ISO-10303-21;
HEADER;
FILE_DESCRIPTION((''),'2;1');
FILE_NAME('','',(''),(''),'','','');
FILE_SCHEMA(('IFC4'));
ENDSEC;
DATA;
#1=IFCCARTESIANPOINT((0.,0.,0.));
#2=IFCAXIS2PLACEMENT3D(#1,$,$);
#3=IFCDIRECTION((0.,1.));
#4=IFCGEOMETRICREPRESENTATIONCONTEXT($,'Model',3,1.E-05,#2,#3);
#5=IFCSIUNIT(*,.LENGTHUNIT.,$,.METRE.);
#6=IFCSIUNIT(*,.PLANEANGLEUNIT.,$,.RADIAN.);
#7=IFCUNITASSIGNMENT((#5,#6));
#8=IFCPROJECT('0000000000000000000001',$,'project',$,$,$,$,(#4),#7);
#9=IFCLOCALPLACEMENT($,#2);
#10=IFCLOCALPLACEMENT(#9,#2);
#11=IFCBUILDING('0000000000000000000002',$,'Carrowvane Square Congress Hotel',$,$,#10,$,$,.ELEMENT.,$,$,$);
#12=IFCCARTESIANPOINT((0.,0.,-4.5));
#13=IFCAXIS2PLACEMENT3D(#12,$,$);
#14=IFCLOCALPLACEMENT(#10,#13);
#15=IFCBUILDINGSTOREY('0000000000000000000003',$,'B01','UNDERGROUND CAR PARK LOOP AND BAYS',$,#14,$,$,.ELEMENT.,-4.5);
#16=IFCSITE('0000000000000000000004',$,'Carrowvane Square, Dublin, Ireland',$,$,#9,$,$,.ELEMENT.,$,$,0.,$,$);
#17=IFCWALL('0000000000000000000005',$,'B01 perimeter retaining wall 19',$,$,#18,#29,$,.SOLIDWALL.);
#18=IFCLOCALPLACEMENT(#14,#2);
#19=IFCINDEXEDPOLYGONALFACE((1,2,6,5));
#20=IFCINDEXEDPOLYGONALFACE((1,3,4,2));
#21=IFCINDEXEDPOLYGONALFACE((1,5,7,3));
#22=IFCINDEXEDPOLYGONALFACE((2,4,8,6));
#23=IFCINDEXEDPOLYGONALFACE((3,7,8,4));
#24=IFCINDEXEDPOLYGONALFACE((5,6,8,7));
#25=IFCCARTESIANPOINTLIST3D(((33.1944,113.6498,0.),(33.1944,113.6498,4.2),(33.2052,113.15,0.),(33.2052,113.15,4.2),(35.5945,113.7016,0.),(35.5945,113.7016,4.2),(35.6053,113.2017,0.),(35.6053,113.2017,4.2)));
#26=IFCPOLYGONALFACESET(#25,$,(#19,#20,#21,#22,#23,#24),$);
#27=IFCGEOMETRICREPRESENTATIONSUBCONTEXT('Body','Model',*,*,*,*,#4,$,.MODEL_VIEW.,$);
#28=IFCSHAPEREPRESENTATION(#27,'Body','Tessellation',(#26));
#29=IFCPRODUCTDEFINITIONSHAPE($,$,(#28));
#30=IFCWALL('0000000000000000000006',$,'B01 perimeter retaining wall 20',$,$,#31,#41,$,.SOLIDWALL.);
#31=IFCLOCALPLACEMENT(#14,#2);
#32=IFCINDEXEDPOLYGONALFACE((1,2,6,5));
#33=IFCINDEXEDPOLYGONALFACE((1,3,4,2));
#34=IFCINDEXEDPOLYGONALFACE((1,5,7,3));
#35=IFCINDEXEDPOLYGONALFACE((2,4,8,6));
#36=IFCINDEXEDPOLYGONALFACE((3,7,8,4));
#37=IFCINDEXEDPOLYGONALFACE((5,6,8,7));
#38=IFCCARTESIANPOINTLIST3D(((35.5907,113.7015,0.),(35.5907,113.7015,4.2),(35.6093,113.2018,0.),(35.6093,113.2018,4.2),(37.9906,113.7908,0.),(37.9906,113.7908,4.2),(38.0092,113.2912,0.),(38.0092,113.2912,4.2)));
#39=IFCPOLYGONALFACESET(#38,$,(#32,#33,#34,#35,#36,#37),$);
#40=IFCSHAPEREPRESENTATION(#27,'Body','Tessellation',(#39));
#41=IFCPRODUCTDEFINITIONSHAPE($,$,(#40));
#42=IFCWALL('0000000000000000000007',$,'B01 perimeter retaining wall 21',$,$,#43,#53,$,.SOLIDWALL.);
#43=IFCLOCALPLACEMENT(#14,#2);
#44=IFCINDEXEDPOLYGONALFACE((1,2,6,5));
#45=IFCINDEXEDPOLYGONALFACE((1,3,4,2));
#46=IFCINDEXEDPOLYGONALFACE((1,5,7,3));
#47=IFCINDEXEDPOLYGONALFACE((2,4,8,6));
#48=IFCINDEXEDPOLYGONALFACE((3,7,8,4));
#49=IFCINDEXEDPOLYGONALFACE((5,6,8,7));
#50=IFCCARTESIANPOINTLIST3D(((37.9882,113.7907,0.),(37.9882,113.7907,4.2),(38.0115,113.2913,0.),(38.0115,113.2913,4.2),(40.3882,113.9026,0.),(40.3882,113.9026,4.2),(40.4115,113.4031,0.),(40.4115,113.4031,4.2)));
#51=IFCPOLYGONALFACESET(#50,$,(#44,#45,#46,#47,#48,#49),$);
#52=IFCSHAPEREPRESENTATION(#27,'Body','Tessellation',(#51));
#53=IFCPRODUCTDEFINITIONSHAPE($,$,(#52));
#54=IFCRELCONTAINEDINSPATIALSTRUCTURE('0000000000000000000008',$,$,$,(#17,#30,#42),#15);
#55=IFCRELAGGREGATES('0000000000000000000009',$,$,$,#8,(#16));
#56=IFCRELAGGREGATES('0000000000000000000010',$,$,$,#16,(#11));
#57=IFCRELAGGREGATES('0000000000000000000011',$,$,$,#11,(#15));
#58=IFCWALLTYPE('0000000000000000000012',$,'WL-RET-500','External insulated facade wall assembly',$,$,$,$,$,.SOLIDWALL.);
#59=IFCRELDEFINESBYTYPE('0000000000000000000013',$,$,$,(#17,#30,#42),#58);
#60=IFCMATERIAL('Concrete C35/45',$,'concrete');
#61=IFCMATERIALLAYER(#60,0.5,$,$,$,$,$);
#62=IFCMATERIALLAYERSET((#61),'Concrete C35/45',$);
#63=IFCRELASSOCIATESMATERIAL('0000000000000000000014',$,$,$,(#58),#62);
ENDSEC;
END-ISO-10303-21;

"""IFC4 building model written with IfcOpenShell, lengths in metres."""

from ifc_helpers import new_model, si_unit, direction, frame, frame_2d, origin, place, context, subcontext, project, spatial, rectangle, extrude, material, layer, layer_set, type_object, element, save


model = new_model("IFC4")

# Units and contexts
model_context = context("Model", 3, precision=1e-05, world=origin(), true_north=direction((0.0, 1.0)))
body_context = subcontext(model_context, "Body", "Model", "MODEL_VIEW")
ifc_project = project(units=[si_unit("LENGTHUNIT", "METRE"), si_unit("PLANEANGLEUNIT", "RADIAN")], contexts=[model_context])

# Site, building, storey
site_placement = place(None, origin())
site = spatial("IfcSite", under=ifc_project, at=site_placement, Name="Carrowvane Square, Dublin, Ireland", CompositionType="ELEMENT", RefElevation=0.0)
building_placement = place(site_placement, origin())
building = spatial("IfcBuilding", under=site, at=building_placement, Name="Carrowvane Square Congress Hotel", CompositionType="ELEMENT")
storey_placement = place(building_placement, frame((0.0, 0.0, -4.5)))
storey = spatial("IfcBuildingStorey", under=building, at=storey_placement, Name="B01", Description="UNDERGROUND CAR PARK LOOP AND BAYS", CompositionType="ELEMENT", Elevation=-4.5)

# Walls
ifc_material_1 = material(Name="Concrete C35/45", Category="concrete")
ifc_layer_1 = layer(ifc_material_1, 0.5)
ifc_layer_set_1 = layer_set([ifc_layer_1], Name="Concrete C35/45")
wall_type_1 = type_object("IfcWallType", Name="WL-RET-500", Description="External insulated facade wall assembly", PredefinedType="SOLIDWALL", material=ifc_layer_set_1)
wall_1_placement = place(storey_placement, frame((33.2, 113.3999, 0.0), z_axis=(0.0, 0.0, 1.0), x_axis=(0.999768, 0.021559, 0.0)))
element("IfcWall", 1, at=wall_1_placement, inside=storey, type_object=wall_type_1, Name="B01 perimeter retaining wall 19", PredefinedType="SOLIDWALL", context=body_context, shape_type="SweptSolid", body=[
    extrude(rectangle(XDim=2.4006, YDim=0.5, at=frame_2d((1.2002, 0.0))), origin(), (0.0, 0.0, 1.0), 4.2),
])
wall_2_placement = place(storey_placement, frame((35.6001, 113.4517, 0.0), z_axis=(0.0, 0.0, 1.0), x_axis=(0.999308, 0.037207, 0.0)))
element("IfcWall", 2, at=wall_2_placement, inside=storey, type_object=wall_type_1, Name="B01 perimeter retaining wall 20", PredefinedType="SOLIDWALL", context=body_context, shape_type="SweptSolid", body=[
    extrude(rectangle(XDim=2.4016, YDim=0.5, at=frame_2d((1.2007, 0.0))), origin(), (0.0, 0.0, 1.0), 4.2),
])
wall_3_placement = place(storey_placement, frame((38.0, 113.541, 0.0), z_axis=(0.0, 0.0, 1.0), x_axis=(0.998916, 0.046542, 0.0)))
element("IfcWall", 3, at=wall_3_placement, inside=storey, type_object=wall_type_1, Name="B01 perimeter retaining wall 21", PredefinedType="SOLIDWALL", context=body_context, shape_type="SweptSolid", body=[
    extrude(rectangle(XDim=2.4026, YDim=0.5, at=frame_2d((1.2012, 0.0))), origin(), (0.0, 0.0, 1.0), 4.2),
])

save(model, "model.ifc")
